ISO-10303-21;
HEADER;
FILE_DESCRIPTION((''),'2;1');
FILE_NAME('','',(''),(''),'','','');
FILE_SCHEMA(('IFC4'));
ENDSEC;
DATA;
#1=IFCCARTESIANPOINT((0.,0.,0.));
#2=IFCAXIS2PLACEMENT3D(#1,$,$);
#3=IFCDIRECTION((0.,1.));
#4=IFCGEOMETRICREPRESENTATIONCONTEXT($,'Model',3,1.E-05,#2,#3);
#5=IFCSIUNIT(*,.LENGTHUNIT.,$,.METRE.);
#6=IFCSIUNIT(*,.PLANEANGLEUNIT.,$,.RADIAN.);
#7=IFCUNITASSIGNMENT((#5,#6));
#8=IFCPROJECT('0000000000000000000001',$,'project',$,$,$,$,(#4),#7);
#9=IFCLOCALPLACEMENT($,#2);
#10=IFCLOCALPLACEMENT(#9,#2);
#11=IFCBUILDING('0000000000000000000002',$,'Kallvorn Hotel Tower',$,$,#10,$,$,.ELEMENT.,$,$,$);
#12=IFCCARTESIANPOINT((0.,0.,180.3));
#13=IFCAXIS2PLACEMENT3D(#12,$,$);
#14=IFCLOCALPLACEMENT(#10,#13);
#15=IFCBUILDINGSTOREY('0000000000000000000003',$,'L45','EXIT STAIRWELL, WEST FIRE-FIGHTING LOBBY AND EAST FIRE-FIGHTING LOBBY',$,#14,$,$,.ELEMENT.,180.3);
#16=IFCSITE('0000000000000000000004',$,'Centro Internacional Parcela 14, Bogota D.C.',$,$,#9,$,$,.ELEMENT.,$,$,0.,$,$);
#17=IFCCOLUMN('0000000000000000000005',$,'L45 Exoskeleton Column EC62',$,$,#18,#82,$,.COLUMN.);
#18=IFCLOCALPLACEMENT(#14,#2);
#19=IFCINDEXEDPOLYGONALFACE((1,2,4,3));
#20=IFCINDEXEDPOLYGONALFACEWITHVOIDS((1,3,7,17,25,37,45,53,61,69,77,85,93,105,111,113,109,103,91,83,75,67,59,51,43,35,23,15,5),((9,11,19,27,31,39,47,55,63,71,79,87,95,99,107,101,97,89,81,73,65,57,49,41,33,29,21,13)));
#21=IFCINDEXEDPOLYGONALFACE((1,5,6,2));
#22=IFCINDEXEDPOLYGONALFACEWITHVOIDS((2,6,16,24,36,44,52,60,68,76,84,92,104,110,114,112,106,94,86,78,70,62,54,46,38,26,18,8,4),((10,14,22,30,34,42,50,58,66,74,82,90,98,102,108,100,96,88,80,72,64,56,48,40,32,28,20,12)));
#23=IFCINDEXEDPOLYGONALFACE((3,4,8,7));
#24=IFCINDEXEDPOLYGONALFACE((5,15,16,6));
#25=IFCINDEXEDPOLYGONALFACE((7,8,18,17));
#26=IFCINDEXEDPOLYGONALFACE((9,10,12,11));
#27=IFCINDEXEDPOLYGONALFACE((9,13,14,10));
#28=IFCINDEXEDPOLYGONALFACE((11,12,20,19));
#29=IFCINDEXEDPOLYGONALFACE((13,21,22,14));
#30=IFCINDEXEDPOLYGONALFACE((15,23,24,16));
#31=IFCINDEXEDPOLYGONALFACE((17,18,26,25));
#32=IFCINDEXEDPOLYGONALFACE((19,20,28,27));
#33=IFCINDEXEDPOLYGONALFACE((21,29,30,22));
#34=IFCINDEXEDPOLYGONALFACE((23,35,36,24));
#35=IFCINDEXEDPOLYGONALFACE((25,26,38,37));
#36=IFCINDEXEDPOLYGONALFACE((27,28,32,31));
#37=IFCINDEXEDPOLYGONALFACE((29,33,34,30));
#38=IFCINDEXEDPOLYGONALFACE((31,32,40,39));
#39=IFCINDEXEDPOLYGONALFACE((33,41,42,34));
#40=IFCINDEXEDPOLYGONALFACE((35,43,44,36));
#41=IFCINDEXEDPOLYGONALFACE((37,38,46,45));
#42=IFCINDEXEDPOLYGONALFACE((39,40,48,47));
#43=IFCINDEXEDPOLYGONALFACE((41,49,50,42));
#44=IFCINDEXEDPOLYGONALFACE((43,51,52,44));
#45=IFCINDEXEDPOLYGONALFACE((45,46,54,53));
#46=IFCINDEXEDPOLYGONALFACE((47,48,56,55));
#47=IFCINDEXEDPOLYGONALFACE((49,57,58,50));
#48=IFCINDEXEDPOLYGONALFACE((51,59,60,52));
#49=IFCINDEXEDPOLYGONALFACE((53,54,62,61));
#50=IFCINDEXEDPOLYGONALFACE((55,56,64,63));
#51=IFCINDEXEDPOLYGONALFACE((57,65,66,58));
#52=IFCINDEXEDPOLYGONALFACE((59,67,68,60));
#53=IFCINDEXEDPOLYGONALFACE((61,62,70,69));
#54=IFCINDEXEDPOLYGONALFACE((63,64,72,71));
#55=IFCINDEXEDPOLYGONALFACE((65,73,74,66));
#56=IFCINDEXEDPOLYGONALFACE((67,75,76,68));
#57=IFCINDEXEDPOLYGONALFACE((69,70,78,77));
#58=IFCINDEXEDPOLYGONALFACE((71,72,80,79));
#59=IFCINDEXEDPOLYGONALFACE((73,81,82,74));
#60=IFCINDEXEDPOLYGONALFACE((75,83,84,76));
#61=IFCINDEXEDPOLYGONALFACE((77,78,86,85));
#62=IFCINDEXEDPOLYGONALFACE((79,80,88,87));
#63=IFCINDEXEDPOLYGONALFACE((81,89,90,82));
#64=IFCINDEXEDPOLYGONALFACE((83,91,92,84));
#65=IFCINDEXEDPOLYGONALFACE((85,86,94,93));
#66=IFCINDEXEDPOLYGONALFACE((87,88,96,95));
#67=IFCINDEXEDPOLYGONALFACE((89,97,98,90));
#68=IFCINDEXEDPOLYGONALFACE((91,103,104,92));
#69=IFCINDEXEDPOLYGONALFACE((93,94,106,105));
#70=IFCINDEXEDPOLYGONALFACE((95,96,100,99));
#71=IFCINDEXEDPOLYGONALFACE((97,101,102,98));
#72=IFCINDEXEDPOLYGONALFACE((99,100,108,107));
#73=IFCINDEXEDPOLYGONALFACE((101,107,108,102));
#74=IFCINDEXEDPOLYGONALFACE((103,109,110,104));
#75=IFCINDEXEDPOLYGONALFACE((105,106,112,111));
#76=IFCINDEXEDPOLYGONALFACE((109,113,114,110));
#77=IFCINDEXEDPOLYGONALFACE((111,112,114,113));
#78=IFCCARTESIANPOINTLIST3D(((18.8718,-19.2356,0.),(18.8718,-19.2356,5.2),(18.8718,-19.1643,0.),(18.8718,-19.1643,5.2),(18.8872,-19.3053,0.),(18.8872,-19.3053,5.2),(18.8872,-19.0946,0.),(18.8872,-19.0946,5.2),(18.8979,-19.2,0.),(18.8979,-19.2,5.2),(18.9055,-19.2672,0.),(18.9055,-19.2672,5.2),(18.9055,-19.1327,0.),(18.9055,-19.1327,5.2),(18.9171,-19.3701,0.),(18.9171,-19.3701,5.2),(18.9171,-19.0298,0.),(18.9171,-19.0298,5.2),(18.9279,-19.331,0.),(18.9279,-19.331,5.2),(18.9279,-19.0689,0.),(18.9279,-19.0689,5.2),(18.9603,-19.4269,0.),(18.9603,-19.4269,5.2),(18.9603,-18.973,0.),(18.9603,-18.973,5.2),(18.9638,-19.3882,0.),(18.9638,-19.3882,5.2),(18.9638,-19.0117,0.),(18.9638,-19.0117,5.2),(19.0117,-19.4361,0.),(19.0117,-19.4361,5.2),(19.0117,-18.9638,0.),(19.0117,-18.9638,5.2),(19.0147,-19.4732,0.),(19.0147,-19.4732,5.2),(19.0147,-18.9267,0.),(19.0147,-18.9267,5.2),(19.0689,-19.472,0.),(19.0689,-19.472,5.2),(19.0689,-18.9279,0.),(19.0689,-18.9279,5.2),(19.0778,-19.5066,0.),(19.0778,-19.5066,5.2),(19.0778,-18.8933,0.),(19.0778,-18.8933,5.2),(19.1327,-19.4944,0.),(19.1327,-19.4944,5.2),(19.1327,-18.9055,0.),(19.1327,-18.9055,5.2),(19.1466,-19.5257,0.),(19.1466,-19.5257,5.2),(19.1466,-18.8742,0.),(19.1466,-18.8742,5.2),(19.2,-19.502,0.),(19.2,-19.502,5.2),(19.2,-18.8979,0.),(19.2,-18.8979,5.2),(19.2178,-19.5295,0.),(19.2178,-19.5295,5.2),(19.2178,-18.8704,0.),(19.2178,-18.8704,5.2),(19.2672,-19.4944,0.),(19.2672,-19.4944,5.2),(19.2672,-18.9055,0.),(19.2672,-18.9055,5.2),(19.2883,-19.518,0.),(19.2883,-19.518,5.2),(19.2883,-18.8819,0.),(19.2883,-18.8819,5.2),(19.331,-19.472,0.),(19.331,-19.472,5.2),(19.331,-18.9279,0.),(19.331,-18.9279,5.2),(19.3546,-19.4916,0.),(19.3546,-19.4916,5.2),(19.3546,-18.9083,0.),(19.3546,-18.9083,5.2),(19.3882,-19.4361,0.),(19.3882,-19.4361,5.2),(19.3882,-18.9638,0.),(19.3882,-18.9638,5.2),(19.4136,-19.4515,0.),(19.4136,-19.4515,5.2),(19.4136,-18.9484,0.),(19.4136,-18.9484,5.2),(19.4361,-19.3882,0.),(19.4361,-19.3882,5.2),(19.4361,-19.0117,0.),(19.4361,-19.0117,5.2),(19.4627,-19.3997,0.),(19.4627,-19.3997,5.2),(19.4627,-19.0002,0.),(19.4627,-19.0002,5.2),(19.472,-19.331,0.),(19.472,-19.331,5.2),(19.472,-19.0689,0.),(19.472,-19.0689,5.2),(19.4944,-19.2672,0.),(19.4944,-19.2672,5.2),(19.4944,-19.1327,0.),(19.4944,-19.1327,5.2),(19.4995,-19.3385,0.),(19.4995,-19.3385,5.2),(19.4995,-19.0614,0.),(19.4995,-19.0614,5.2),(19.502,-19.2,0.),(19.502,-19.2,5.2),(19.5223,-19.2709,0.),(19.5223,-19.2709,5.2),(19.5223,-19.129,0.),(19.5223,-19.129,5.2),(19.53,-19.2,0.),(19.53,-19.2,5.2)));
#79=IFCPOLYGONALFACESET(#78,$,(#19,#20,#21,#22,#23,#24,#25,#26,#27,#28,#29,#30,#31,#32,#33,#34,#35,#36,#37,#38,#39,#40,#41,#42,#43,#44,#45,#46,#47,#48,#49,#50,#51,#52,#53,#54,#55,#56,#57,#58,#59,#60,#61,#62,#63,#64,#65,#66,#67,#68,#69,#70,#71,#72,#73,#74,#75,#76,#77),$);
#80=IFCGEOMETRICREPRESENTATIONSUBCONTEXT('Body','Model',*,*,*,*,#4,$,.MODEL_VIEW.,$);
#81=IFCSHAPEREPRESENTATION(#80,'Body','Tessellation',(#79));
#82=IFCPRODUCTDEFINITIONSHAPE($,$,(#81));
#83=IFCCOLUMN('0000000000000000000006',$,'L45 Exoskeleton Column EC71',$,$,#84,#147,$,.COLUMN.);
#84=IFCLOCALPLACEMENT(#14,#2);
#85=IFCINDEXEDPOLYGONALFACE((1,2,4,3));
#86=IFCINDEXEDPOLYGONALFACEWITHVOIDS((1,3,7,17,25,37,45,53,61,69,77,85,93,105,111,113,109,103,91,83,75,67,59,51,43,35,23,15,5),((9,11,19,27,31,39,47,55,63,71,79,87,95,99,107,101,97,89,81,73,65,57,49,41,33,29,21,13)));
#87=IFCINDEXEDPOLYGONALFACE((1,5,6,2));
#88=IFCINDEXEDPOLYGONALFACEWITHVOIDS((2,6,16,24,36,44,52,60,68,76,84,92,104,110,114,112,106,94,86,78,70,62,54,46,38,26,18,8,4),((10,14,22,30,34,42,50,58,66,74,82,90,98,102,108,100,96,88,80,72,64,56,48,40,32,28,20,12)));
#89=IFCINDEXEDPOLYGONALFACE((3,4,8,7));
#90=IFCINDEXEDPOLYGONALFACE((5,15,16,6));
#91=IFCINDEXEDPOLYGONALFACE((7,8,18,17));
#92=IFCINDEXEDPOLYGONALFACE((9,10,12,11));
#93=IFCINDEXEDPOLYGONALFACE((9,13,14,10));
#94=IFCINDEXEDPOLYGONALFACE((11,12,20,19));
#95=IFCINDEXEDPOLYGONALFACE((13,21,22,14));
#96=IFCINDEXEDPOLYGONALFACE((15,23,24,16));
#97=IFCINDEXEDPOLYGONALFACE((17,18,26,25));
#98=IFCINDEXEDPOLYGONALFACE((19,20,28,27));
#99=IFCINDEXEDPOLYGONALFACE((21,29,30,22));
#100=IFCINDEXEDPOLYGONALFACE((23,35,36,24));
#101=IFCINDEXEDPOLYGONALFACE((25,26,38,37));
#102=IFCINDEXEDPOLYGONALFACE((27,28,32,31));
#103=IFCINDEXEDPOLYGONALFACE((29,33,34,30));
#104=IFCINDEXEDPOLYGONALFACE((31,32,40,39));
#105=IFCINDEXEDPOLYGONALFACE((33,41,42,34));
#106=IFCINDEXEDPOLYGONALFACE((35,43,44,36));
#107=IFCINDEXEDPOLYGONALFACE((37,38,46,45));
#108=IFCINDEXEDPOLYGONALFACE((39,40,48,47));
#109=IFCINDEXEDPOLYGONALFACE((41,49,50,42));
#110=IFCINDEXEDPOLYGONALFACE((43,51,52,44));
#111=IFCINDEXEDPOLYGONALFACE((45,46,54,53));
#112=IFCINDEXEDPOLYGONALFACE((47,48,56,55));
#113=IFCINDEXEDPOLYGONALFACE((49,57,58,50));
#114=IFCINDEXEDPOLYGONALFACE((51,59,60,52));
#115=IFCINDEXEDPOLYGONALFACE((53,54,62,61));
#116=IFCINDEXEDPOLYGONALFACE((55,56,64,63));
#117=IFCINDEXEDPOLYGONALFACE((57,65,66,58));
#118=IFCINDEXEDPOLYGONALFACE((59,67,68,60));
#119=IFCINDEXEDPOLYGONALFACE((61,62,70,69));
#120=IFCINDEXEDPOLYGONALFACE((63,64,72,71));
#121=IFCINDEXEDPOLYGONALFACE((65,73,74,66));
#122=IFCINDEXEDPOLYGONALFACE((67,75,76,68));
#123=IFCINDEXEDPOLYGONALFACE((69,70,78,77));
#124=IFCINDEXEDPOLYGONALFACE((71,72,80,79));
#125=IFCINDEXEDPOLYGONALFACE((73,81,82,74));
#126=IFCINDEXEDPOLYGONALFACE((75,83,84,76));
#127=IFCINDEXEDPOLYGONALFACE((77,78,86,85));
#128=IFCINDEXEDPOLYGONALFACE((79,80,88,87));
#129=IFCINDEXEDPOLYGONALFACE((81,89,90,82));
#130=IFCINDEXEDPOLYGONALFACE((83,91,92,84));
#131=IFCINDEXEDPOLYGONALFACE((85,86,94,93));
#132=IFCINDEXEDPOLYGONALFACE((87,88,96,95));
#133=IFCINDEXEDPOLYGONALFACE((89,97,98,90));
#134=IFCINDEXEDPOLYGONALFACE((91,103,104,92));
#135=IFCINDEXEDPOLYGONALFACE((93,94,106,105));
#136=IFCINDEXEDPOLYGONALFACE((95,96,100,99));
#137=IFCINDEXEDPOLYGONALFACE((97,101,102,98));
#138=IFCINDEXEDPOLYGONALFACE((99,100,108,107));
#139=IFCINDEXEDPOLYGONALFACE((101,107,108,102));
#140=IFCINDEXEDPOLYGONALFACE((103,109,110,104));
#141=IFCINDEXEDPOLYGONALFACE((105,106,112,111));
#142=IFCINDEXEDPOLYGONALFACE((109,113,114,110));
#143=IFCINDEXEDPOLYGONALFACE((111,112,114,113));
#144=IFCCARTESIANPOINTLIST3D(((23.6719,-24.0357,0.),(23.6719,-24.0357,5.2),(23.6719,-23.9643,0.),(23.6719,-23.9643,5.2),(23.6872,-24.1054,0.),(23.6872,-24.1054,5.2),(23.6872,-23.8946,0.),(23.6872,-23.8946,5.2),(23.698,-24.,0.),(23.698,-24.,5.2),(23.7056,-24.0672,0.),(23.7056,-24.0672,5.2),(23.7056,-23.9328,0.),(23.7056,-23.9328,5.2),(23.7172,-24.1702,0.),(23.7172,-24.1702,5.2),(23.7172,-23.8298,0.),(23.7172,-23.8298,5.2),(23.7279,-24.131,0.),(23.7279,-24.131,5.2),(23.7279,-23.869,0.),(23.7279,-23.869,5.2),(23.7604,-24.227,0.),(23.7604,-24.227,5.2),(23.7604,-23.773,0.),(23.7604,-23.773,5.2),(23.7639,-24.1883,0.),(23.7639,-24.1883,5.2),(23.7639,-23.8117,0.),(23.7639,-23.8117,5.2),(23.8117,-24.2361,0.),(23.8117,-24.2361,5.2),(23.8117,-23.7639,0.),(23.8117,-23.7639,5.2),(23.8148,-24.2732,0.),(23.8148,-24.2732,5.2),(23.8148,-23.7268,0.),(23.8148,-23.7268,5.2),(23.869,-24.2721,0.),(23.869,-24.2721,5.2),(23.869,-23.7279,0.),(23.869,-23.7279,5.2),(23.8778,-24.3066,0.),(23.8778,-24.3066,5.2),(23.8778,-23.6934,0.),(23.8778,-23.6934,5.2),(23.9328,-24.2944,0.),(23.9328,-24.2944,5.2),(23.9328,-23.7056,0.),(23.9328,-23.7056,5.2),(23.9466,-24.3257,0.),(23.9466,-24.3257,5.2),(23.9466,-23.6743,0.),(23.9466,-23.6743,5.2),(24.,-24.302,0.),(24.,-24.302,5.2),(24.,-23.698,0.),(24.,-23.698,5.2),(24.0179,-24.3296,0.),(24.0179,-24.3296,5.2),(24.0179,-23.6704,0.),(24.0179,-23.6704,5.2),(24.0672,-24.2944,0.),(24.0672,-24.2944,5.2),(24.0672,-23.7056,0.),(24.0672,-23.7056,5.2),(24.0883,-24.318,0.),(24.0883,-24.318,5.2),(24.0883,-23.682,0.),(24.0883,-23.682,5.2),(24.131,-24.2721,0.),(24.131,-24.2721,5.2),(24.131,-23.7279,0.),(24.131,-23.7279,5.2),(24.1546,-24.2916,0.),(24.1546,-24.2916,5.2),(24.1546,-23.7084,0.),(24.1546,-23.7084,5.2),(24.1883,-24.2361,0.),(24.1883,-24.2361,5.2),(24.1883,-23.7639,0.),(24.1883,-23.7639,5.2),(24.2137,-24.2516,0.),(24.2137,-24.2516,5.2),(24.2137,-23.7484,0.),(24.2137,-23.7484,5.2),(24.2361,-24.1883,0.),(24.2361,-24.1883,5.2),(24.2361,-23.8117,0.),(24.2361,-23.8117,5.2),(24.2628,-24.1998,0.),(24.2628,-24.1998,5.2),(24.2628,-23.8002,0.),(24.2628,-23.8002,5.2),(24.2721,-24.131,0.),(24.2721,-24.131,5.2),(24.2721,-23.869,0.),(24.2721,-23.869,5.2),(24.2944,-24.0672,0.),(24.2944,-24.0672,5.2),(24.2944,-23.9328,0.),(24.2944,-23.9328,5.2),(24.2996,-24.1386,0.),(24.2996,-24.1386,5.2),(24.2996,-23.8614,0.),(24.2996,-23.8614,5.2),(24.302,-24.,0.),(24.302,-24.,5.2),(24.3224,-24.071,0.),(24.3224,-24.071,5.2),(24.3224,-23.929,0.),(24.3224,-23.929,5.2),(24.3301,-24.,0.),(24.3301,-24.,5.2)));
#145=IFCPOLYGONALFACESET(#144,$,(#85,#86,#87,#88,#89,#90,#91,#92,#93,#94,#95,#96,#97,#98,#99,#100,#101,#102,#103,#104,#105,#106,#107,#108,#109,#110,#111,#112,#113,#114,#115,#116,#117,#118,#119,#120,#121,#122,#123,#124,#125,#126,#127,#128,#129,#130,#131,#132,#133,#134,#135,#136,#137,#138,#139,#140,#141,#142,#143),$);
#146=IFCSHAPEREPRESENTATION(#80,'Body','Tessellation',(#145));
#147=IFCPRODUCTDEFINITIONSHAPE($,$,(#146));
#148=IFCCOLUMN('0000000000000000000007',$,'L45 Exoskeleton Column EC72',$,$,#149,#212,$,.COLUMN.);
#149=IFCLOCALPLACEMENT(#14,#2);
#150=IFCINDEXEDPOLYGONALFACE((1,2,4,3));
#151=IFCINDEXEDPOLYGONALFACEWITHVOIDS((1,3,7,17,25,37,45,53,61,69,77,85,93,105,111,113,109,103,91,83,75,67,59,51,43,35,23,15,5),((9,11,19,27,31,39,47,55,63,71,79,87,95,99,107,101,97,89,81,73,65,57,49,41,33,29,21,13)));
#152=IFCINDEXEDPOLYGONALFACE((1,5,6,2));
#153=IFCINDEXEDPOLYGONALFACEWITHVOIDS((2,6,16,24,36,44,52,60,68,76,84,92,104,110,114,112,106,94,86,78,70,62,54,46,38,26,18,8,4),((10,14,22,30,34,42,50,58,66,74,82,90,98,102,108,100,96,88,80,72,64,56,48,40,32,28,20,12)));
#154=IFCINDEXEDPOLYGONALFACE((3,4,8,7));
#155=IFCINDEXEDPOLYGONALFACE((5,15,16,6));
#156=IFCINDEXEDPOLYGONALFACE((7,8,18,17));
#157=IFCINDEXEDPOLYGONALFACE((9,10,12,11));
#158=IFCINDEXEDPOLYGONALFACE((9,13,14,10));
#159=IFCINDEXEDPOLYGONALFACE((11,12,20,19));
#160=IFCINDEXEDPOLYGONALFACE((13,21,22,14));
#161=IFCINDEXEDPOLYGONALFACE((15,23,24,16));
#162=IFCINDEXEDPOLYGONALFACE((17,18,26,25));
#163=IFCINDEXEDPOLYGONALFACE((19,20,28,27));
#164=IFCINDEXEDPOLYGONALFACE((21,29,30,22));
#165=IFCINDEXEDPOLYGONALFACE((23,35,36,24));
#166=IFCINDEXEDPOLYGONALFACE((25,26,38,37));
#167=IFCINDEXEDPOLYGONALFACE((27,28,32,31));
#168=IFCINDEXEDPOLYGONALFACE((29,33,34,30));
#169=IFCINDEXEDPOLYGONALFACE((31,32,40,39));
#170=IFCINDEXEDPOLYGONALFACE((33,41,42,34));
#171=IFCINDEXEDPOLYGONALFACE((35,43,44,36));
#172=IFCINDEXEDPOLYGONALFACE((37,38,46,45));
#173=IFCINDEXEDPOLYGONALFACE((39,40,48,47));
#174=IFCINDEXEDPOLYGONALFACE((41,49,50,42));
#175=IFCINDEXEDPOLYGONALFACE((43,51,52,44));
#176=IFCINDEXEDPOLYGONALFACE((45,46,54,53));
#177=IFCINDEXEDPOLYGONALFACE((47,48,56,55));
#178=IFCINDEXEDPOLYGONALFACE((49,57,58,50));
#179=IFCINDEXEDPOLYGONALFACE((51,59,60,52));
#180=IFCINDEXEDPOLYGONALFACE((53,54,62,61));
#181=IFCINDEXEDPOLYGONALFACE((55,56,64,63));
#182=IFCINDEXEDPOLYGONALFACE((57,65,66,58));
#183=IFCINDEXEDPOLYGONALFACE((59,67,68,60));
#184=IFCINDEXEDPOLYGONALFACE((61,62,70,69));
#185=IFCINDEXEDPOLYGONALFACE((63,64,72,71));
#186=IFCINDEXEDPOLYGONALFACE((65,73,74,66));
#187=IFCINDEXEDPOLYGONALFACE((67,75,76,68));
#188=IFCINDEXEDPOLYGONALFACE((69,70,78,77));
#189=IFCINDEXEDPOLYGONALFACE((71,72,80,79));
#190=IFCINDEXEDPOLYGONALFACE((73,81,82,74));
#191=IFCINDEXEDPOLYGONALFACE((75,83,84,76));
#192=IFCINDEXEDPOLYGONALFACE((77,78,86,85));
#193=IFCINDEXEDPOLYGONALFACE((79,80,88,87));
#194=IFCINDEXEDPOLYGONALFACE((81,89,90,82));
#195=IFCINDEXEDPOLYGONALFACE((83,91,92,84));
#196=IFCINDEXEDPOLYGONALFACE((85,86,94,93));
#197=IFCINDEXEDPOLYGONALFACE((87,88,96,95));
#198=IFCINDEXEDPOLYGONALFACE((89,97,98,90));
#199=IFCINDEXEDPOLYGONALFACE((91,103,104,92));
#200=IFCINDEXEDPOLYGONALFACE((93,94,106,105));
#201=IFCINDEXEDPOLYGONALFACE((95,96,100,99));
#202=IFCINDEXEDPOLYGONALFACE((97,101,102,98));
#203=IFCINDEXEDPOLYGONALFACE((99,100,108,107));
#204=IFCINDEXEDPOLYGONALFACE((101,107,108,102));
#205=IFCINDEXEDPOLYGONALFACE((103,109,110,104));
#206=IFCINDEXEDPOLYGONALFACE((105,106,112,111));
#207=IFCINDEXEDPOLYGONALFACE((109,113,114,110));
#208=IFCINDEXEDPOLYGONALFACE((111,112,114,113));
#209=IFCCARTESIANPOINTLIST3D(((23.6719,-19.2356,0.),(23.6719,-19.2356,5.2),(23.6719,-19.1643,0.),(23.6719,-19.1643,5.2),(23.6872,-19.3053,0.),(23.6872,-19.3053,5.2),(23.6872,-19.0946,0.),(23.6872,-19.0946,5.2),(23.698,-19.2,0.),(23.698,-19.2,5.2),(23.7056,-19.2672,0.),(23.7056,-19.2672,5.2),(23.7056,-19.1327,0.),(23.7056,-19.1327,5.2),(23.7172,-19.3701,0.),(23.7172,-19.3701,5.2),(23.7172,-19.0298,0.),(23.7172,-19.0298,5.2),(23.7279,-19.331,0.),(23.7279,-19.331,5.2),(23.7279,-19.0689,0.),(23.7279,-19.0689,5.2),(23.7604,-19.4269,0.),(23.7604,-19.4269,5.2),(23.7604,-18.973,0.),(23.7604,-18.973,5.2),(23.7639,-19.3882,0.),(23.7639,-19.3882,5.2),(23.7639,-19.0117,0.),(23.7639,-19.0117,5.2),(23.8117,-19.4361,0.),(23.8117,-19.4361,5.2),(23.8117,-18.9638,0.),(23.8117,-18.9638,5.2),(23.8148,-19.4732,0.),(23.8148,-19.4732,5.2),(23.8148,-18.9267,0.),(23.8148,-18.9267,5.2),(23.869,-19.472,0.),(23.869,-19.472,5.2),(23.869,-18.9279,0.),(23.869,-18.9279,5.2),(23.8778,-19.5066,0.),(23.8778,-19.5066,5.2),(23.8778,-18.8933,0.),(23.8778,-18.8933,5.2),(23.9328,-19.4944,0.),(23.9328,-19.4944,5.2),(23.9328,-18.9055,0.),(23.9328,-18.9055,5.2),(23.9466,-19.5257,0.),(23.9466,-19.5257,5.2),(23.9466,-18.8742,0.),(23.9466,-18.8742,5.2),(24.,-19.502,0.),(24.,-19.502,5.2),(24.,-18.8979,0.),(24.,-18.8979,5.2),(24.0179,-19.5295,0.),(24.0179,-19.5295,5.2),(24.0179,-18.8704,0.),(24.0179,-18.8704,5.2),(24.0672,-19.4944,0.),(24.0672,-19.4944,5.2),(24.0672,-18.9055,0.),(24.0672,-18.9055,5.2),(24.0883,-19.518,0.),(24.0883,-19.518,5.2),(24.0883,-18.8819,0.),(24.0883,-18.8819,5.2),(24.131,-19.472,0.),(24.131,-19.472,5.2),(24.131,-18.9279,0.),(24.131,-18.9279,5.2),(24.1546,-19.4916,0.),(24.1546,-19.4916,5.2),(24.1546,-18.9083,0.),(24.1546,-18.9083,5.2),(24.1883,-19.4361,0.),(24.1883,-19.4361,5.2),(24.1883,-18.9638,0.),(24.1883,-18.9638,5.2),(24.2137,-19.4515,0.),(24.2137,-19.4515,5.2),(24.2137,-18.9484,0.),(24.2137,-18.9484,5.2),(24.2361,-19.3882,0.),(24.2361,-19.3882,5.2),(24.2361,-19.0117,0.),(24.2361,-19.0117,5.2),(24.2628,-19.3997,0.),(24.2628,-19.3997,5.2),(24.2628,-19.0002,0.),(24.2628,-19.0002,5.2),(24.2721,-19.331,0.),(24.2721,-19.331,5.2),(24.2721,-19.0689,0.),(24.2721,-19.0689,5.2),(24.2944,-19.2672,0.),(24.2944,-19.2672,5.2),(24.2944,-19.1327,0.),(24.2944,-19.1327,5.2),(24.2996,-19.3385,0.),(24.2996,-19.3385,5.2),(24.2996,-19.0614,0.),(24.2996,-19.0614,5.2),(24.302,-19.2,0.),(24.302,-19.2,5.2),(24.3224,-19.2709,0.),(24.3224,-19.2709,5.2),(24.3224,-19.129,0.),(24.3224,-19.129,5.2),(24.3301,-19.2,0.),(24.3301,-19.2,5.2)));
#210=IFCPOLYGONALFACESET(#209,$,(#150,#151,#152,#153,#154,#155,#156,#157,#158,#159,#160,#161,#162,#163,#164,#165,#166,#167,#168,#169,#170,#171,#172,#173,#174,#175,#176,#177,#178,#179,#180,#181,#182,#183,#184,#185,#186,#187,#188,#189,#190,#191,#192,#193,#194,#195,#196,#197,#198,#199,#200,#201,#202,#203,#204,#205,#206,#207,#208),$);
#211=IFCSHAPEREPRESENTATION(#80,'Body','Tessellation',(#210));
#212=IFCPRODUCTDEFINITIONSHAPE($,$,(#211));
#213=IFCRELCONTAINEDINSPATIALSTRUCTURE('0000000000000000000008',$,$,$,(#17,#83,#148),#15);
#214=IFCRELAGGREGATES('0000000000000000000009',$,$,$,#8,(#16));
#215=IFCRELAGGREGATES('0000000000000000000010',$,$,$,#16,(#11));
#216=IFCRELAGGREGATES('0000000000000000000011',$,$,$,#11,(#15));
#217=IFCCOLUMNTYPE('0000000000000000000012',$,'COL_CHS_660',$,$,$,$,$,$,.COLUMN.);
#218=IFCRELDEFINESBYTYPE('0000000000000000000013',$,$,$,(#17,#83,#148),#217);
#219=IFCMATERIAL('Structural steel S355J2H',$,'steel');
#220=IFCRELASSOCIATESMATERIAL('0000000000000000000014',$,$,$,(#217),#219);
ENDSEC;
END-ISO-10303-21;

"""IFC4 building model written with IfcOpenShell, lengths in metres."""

from ifc_helpers import new_model, si_unit, direction, frame, origin, origin_2d, place, context, subcontext, project, spatial, hollow_circle, extrude, material, material_profile, profile_set, type_object, element, save


model = new_model("IFC4")

# Units and contexts
model_context = context("Model", 3, precision=1e-05, world=origin(), true_north=direction((0.0, 1.0)))
body_context = subcontext(model_context, "Body", "Model", "MODEL_VIEW")
ifc_project = project(units=[si_unit("LENGTHUNIT", "METRE"), si_unit("PLANEANGLEUNIT", "RADIAN")], contexts=[model_context])

# Site, building, storey
site_placement = place(None, origin())
site = spatial("IfcSite", under=ifc_project, at=site_placement, Name="Centro Internacional Parcela 14, Bogota D.C.", CompositionType="ELEMENT", RefElevation=0.0)
building_placement = place(site_placement, origin())
building = spatial("IfcBuilding", under=site, at=building_placement, Name="Kallvorn Hotel Tower", CompositionType="ELEMENT")
storey_placement = place(building_placement, frame((0.0, 0.0, 180.3)))
storey = spatial("IfcBuildingStorey", under=building, at=storey_placement, Name="L45", Description="EXIT STAIRWELL, WEST FIRE-FIGHTING LOBBY AND EAST FIRE-FIGHTING LOBBY", CompositionType="ELEMENT", Elevation=180.3)

# Columns
ifc_material_1 = material(Name="Structural steel S355J2H", Category="steel")
ifc_material_profile_1 = material_profile(ifc_material_1, hollow_circle(Radius=0.3301, WallThickness=0.0281, at=origin_2d()), Name="CHS 660x28")
ifc_profile_set_1 = profile_set([ifc_material_profile_1], Name="Structural steel S355J2H")
column_type = type_object("IfcColumnType", Name="COL_CHS_660", PredefinedType="COLUMN", material=ifc_profile_set_1)
for number, where, z_axis, x_axis, name in (
    (1, (19.2, -19.2, 0.0), (0.0, 0.0, 1.0), (1.0, 0.0, 0.0), "L45 Exoskeleton Column EC62"),
    (2, (24.0, -24.0, 0.0), (0.0, 0.0, 1.0), (1.0, 0.0, 0.0), "L45 Exoskeleton Column EC71"),
    (3, (24.0, -19.2, 0.0), (0.0, 0.0, 1.0), (1.0, 0.0, 0.0), "L45 Exoskeleton Column EC72"),
):
    element("IfcColumn", number, at=place(storey_placement, frame(where, z_axis=z_axis, x_axis=x_axis)), inside=storey, type_object=column_type, Name=name, PredefinedType="COLUMN", context=body_context, shape_type="SweptSolid", body=[
        extrude(hollow_circle(Radius=0.3301, WallThickness=0.0281, at=origin_2d()), origin(), (0.0, 0.0, 1.0), 5.2),
    ])

save(model, "model.ifc")
